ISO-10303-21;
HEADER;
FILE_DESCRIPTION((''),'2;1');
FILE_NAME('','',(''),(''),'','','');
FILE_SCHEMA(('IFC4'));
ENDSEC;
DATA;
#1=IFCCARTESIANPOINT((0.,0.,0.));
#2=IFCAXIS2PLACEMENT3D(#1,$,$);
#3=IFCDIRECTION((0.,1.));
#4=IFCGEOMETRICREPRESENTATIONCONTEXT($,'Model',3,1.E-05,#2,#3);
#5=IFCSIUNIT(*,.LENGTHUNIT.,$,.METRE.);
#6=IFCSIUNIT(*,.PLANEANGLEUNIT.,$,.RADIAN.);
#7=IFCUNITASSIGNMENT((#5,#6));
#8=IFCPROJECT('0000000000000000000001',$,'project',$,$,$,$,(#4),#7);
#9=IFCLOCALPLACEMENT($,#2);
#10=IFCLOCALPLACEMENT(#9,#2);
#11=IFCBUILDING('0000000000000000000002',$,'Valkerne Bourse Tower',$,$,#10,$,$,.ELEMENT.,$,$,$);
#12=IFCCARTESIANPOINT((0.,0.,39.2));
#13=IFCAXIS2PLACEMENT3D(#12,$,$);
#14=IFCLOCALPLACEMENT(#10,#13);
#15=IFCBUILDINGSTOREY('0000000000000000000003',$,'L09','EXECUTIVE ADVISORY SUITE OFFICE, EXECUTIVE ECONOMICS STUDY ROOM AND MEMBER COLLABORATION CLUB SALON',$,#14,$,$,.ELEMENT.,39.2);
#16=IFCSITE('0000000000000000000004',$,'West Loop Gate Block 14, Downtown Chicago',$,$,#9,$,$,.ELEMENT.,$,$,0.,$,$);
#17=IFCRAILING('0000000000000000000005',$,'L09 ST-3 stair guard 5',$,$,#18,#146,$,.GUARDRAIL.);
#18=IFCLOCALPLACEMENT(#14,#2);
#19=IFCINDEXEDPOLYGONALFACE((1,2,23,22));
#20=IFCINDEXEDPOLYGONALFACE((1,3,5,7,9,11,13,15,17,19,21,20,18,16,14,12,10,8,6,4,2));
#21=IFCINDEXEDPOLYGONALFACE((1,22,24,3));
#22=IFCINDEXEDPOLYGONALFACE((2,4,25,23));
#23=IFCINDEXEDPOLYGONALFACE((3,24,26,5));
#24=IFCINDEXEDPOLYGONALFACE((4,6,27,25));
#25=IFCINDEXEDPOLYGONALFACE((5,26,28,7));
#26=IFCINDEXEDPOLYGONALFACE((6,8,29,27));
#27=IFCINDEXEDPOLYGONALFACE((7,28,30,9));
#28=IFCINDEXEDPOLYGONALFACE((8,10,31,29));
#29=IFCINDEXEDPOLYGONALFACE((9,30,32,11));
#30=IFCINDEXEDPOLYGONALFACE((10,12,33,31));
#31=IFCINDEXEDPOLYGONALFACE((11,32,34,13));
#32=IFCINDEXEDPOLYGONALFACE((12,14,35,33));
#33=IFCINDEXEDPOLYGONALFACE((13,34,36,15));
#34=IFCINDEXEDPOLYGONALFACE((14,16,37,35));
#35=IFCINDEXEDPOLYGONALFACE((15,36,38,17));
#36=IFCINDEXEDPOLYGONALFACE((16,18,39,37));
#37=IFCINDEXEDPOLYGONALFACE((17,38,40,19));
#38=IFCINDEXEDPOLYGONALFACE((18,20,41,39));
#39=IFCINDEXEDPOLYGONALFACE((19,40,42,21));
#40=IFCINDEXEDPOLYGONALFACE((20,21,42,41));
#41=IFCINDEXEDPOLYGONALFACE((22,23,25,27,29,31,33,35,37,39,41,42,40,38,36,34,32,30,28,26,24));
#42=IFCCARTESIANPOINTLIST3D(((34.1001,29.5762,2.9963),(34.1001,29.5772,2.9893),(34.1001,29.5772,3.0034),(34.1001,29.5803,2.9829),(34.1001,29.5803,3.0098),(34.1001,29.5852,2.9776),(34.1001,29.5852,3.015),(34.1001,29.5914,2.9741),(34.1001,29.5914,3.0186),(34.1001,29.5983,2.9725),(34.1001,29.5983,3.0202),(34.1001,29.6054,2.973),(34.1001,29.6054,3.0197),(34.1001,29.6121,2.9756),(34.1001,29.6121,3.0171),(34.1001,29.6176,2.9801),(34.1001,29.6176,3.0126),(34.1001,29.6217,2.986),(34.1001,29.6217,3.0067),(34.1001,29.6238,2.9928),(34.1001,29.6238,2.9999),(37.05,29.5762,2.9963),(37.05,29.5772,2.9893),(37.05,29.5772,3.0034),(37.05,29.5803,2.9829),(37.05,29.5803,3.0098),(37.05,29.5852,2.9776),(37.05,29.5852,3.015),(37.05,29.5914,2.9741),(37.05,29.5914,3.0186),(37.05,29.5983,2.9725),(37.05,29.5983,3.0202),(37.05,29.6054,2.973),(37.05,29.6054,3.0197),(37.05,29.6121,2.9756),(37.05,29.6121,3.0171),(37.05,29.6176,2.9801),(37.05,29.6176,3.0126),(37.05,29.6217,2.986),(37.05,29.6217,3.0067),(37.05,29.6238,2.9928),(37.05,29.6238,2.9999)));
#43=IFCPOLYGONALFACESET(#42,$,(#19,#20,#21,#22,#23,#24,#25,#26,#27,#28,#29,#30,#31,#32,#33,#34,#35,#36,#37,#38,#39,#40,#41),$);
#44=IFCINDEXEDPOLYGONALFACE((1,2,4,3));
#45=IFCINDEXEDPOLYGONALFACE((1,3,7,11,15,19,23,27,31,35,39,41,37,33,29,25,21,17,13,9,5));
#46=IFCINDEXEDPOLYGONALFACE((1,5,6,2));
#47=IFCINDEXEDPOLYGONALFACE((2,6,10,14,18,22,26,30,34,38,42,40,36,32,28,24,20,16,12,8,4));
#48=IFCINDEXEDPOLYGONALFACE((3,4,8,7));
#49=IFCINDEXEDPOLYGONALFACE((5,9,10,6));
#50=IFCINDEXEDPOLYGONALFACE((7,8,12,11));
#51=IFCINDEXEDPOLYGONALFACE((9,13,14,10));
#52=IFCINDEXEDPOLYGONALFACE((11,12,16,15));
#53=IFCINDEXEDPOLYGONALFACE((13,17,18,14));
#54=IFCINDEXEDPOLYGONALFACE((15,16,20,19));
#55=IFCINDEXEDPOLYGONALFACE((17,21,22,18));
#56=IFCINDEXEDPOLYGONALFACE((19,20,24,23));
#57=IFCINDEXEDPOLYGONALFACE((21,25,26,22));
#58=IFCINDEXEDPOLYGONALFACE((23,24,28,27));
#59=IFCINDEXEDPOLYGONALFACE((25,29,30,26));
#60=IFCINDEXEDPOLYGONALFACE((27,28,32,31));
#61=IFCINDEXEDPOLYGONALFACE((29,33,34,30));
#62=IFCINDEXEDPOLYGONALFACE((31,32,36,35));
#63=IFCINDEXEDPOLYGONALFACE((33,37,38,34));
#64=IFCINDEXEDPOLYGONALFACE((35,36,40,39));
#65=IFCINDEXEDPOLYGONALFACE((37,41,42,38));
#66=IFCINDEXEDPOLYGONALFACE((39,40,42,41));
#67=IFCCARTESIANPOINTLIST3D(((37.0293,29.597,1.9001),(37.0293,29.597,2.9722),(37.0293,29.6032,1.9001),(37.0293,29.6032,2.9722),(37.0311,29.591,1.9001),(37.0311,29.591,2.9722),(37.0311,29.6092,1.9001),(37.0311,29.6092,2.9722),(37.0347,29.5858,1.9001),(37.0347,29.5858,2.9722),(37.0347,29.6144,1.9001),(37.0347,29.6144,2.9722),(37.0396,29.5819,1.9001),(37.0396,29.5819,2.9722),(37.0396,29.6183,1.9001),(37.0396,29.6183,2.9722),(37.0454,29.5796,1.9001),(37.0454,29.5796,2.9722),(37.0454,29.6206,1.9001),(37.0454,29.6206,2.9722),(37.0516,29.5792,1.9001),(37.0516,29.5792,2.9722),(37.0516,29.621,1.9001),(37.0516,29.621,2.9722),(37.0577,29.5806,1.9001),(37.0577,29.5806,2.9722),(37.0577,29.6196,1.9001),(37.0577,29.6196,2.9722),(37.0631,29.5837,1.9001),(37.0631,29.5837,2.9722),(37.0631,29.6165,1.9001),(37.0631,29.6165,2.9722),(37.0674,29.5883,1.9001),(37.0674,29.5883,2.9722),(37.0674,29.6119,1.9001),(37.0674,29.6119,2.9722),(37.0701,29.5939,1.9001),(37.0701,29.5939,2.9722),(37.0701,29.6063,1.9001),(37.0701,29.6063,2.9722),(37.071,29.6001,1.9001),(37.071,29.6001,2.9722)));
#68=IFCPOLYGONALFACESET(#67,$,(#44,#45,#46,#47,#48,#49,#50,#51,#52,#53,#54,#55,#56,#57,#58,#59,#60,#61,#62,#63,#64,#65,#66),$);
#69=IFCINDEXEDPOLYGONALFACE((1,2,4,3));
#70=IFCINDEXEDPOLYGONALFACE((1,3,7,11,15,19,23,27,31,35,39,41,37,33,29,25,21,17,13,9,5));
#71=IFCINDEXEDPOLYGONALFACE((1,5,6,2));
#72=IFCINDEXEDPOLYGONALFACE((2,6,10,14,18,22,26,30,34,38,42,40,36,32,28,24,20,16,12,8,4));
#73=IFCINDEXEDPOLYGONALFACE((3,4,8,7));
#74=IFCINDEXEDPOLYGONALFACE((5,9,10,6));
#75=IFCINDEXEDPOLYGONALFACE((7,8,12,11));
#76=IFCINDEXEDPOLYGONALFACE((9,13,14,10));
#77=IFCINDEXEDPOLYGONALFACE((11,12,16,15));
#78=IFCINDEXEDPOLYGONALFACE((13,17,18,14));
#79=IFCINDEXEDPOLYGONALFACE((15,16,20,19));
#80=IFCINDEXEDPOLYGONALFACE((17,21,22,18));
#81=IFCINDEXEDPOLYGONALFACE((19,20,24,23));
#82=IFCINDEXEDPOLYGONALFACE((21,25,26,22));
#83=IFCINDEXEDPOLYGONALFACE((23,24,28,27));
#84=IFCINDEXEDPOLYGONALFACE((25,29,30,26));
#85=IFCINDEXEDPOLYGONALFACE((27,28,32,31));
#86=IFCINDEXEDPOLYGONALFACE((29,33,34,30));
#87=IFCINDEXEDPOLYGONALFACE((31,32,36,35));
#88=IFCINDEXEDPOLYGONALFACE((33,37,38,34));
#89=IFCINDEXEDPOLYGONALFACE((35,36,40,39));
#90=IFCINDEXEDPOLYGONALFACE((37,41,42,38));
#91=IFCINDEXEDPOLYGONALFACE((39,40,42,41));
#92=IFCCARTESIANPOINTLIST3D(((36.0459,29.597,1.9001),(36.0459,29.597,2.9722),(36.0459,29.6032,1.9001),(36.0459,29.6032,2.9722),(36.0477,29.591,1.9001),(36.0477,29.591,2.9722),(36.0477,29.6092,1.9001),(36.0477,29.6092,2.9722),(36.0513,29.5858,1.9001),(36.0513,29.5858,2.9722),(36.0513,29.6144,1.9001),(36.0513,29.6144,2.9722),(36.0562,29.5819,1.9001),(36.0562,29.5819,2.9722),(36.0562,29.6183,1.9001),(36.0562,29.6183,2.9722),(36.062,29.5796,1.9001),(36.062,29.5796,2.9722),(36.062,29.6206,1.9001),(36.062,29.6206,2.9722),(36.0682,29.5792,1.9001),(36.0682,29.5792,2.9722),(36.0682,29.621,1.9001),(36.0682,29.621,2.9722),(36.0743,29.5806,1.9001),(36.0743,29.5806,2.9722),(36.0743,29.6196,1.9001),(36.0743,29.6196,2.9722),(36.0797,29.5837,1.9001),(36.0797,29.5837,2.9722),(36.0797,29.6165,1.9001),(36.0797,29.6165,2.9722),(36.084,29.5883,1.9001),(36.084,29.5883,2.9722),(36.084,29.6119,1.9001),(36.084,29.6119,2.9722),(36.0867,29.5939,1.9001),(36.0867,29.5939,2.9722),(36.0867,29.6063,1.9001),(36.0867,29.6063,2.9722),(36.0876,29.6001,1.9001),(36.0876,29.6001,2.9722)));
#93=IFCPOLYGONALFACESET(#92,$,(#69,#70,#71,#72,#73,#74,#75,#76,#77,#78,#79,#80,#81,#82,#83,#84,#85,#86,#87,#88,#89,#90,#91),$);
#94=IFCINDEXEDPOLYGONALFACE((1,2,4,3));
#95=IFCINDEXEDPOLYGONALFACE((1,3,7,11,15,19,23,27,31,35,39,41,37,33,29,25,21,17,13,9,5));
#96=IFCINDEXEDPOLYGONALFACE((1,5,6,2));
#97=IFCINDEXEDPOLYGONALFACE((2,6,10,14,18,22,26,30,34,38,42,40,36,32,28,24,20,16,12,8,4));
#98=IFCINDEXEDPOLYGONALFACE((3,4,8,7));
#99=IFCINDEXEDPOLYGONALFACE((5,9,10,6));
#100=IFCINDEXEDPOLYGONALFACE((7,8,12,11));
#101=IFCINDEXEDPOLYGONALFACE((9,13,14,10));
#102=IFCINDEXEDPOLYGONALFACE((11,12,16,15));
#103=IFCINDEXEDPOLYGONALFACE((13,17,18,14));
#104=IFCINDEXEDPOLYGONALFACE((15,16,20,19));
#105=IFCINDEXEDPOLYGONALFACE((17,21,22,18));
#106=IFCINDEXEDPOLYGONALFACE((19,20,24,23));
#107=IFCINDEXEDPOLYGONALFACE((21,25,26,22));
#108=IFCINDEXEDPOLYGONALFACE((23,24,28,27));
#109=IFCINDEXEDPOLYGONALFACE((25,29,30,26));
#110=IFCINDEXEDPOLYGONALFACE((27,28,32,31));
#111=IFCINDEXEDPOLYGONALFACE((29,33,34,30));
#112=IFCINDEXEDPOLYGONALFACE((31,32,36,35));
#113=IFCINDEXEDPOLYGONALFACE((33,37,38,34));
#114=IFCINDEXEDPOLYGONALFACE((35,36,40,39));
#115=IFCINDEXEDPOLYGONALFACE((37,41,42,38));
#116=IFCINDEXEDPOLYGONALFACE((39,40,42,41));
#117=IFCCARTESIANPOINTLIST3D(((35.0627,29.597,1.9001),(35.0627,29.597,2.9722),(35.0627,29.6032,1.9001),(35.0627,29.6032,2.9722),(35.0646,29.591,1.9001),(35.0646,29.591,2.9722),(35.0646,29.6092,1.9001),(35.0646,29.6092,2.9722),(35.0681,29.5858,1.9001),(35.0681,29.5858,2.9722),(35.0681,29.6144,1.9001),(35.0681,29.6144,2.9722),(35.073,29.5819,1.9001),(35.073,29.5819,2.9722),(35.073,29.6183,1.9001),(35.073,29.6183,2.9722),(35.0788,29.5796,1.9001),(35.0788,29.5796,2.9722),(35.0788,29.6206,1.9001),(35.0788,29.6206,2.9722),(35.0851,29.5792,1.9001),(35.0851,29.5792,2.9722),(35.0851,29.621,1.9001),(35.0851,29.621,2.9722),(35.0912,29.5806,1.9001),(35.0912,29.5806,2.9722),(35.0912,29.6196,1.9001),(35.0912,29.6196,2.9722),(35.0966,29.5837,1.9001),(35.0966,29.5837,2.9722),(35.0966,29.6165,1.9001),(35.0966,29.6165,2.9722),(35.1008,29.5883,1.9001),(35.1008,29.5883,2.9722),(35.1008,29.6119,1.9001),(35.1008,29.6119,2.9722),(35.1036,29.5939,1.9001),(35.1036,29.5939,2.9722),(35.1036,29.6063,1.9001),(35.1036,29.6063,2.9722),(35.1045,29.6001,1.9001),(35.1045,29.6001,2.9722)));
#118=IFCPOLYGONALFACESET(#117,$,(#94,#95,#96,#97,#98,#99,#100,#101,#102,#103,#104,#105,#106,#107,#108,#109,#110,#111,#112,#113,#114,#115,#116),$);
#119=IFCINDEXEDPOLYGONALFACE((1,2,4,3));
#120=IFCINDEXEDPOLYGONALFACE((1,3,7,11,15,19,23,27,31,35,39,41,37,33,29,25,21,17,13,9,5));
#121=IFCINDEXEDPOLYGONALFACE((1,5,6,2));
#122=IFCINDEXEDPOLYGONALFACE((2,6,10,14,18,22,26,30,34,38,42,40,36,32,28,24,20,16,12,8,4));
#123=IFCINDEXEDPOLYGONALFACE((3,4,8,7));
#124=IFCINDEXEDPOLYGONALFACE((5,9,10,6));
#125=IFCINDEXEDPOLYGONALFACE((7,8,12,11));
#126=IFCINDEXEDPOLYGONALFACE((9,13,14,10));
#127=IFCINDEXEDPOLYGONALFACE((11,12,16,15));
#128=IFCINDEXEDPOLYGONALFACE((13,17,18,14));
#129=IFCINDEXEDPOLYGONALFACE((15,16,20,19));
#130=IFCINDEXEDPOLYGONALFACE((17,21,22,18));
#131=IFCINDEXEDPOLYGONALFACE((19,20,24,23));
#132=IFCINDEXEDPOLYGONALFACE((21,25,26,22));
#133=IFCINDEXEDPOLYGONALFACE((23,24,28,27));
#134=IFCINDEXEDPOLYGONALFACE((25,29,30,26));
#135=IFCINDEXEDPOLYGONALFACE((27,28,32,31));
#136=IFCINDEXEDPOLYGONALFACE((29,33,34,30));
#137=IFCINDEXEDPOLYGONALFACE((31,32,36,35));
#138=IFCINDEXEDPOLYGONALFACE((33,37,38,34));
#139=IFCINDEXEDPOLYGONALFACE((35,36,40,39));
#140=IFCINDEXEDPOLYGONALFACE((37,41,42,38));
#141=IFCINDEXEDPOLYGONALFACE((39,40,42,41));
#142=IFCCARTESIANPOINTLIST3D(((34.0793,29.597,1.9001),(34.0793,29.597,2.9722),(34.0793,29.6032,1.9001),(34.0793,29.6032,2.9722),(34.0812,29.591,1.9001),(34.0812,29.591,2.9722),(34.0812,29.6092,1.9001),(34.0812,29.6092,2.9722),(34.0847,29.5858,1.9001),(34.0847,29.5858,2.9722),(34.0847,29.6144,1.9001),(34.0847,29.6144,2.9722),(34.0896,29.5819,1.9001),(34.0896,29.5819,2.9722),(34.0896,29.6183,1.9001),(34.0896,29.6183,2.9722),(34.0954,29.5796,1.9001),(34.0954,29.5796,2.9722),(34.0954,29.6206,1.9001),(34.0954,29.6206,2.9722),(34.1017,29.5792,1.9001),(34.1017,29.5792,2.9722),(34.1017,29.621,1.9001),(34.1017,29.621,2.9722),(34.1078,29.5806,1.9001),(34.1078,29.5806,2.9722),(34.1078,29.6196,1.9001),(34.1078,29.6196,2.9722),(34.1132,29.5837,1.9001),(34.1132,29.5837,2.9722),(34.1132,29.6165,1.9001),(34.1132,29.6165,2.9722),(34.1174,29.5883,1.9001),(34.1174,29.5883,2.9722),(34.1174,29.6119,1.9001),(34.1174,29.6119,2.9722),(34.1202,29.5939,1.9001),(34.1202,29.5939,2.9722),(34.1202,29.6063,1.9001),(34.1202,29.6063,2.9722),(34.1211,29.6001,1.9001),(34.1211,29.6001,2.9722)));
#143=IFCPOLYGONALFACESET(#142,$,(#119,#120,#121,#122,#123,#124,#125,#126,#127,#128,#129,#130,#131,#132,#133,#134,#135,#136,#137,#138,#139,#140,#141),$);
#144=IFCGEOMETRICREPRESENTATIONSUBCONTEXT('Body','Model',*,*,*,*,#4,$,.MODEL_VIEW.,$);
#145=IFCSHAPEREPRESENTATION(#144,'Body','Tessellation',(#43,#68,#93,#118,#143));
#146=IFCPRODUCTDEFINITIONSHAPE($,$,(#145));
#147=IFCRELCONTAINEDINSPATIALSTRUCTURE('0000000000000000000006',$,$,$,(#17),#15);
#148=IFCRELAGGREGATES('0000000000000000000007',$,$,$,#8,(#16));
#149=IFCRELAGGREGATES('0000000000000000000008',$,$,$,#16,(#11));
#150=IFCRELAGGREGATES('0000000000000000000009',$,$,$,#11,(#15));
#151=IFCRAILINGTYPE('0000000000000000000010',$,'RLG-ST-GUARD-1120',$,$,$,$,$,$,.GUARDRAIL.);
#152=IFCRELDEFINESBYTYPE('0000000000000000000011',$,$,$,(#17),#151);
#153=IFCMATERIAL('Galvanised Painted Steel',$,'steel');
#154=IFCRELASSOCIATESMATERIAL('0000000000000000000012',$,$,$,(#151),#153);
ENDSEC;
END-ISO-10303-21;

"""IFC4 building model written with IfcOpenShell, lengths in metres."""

from ifc_helpers import new_model, si_unit, direction, frame, origin, origin_2d, place, context, subcontext, project, spatial, circle, extrude, material, type_object, element, save


model = new_model("IFC4")

# Units and contexts
model_context = context("Model", 3, precision=1e-05, world=origin(), true_north=direction((0.0, 1.0)))
body_context = subcontext(model_context, "Body", "Model", "MODEL_VIEW")
ifc_project = project(units=[si_unit("LENGTHUNIT", "METRE"), si_unit("PLANEANGLEUNIT", "RADIAN")], contexts=[model_context])

# Site, building, storey
site_placement = place(None, origin())
site = spatial("IfcSite", under=ifc_project, at=site_placement, Name="West Loop Gate Block 14, Downtown Chicago", CompositionType="ELEMENT", RefElevation=0.0)
building_placement = place(site_placement, origin())
building = spatial("IfcBuilding", under=site, at=building_placement, Name="Valkerne Bourse Tower", CompositionType="ELEMENT")
storey_placement = place(building_placement, frame((0.0, 0.0, 39.2)))
storey = spatial("IfcBuildingStorey", under=building, at=storey_placement, Name="L09", Description="EXECUTIVE ADVISORY SUITE OFFICE, EXECUTIVE ECONOMICS STUDY ROOM AND MEMBER COLLABORATION CLUB SALON", CompositionType="ELEMENT", Elevation=39.2)

# Shared definitions
ifc_material_1 = material(Name="Galvanised Painted Steel", Category="steel")

# Railing
railing_type_1 = type_object("IfcRailingType", Name="RLG-ST-GUARD-1120", PredefinedType="GUARDRAIL", material=ifc_material_1)
railing_1_placement = place(storey_placement, frame((37.05, 29.6001, 1.9001)))
element("IfcRailing", 1, at=railing_1_placement, inside=storey, type_object=railing_type_1, Name="L09 ST-3 stair guard 5", PredefinedType="GUARDRAIL", context=body_context, shape_type="SweptSolid", body=[
    extrude(circle(Radius=0.0239, at=origin_2d()), frame((0.0, 0.0, 1.0962), z_axis=(-1.0, 0.0, 0.0), x_axis=(0.0, -1.0, 0.0)), (0.0, 0.0, 1.0), 2.95),
    extrude(circle(Radius=0.021, at=origin_2d()), origin(), (0.0, 0.0, 1.0), 1.072),
    extrude(circle(Radius=0.021, at=origin_2d()), frame((-0.9834, 0.0, 0.0)), (0.0, 0.0, 1.0), 1.072),
    extrude(circle(Radius=0.021, at=origin_2d()), frame((-1.9666, 0.0, 0.0)), (0.0, 0.0, 1.0), 1.072),
    extrude(circle(Radius=0.021, at=origin_2d()), frame((-2.95, 0.0, 0.0)), (0.0, 0.0, 1.0), 1.072),
])

save(model, "model.ifc")
